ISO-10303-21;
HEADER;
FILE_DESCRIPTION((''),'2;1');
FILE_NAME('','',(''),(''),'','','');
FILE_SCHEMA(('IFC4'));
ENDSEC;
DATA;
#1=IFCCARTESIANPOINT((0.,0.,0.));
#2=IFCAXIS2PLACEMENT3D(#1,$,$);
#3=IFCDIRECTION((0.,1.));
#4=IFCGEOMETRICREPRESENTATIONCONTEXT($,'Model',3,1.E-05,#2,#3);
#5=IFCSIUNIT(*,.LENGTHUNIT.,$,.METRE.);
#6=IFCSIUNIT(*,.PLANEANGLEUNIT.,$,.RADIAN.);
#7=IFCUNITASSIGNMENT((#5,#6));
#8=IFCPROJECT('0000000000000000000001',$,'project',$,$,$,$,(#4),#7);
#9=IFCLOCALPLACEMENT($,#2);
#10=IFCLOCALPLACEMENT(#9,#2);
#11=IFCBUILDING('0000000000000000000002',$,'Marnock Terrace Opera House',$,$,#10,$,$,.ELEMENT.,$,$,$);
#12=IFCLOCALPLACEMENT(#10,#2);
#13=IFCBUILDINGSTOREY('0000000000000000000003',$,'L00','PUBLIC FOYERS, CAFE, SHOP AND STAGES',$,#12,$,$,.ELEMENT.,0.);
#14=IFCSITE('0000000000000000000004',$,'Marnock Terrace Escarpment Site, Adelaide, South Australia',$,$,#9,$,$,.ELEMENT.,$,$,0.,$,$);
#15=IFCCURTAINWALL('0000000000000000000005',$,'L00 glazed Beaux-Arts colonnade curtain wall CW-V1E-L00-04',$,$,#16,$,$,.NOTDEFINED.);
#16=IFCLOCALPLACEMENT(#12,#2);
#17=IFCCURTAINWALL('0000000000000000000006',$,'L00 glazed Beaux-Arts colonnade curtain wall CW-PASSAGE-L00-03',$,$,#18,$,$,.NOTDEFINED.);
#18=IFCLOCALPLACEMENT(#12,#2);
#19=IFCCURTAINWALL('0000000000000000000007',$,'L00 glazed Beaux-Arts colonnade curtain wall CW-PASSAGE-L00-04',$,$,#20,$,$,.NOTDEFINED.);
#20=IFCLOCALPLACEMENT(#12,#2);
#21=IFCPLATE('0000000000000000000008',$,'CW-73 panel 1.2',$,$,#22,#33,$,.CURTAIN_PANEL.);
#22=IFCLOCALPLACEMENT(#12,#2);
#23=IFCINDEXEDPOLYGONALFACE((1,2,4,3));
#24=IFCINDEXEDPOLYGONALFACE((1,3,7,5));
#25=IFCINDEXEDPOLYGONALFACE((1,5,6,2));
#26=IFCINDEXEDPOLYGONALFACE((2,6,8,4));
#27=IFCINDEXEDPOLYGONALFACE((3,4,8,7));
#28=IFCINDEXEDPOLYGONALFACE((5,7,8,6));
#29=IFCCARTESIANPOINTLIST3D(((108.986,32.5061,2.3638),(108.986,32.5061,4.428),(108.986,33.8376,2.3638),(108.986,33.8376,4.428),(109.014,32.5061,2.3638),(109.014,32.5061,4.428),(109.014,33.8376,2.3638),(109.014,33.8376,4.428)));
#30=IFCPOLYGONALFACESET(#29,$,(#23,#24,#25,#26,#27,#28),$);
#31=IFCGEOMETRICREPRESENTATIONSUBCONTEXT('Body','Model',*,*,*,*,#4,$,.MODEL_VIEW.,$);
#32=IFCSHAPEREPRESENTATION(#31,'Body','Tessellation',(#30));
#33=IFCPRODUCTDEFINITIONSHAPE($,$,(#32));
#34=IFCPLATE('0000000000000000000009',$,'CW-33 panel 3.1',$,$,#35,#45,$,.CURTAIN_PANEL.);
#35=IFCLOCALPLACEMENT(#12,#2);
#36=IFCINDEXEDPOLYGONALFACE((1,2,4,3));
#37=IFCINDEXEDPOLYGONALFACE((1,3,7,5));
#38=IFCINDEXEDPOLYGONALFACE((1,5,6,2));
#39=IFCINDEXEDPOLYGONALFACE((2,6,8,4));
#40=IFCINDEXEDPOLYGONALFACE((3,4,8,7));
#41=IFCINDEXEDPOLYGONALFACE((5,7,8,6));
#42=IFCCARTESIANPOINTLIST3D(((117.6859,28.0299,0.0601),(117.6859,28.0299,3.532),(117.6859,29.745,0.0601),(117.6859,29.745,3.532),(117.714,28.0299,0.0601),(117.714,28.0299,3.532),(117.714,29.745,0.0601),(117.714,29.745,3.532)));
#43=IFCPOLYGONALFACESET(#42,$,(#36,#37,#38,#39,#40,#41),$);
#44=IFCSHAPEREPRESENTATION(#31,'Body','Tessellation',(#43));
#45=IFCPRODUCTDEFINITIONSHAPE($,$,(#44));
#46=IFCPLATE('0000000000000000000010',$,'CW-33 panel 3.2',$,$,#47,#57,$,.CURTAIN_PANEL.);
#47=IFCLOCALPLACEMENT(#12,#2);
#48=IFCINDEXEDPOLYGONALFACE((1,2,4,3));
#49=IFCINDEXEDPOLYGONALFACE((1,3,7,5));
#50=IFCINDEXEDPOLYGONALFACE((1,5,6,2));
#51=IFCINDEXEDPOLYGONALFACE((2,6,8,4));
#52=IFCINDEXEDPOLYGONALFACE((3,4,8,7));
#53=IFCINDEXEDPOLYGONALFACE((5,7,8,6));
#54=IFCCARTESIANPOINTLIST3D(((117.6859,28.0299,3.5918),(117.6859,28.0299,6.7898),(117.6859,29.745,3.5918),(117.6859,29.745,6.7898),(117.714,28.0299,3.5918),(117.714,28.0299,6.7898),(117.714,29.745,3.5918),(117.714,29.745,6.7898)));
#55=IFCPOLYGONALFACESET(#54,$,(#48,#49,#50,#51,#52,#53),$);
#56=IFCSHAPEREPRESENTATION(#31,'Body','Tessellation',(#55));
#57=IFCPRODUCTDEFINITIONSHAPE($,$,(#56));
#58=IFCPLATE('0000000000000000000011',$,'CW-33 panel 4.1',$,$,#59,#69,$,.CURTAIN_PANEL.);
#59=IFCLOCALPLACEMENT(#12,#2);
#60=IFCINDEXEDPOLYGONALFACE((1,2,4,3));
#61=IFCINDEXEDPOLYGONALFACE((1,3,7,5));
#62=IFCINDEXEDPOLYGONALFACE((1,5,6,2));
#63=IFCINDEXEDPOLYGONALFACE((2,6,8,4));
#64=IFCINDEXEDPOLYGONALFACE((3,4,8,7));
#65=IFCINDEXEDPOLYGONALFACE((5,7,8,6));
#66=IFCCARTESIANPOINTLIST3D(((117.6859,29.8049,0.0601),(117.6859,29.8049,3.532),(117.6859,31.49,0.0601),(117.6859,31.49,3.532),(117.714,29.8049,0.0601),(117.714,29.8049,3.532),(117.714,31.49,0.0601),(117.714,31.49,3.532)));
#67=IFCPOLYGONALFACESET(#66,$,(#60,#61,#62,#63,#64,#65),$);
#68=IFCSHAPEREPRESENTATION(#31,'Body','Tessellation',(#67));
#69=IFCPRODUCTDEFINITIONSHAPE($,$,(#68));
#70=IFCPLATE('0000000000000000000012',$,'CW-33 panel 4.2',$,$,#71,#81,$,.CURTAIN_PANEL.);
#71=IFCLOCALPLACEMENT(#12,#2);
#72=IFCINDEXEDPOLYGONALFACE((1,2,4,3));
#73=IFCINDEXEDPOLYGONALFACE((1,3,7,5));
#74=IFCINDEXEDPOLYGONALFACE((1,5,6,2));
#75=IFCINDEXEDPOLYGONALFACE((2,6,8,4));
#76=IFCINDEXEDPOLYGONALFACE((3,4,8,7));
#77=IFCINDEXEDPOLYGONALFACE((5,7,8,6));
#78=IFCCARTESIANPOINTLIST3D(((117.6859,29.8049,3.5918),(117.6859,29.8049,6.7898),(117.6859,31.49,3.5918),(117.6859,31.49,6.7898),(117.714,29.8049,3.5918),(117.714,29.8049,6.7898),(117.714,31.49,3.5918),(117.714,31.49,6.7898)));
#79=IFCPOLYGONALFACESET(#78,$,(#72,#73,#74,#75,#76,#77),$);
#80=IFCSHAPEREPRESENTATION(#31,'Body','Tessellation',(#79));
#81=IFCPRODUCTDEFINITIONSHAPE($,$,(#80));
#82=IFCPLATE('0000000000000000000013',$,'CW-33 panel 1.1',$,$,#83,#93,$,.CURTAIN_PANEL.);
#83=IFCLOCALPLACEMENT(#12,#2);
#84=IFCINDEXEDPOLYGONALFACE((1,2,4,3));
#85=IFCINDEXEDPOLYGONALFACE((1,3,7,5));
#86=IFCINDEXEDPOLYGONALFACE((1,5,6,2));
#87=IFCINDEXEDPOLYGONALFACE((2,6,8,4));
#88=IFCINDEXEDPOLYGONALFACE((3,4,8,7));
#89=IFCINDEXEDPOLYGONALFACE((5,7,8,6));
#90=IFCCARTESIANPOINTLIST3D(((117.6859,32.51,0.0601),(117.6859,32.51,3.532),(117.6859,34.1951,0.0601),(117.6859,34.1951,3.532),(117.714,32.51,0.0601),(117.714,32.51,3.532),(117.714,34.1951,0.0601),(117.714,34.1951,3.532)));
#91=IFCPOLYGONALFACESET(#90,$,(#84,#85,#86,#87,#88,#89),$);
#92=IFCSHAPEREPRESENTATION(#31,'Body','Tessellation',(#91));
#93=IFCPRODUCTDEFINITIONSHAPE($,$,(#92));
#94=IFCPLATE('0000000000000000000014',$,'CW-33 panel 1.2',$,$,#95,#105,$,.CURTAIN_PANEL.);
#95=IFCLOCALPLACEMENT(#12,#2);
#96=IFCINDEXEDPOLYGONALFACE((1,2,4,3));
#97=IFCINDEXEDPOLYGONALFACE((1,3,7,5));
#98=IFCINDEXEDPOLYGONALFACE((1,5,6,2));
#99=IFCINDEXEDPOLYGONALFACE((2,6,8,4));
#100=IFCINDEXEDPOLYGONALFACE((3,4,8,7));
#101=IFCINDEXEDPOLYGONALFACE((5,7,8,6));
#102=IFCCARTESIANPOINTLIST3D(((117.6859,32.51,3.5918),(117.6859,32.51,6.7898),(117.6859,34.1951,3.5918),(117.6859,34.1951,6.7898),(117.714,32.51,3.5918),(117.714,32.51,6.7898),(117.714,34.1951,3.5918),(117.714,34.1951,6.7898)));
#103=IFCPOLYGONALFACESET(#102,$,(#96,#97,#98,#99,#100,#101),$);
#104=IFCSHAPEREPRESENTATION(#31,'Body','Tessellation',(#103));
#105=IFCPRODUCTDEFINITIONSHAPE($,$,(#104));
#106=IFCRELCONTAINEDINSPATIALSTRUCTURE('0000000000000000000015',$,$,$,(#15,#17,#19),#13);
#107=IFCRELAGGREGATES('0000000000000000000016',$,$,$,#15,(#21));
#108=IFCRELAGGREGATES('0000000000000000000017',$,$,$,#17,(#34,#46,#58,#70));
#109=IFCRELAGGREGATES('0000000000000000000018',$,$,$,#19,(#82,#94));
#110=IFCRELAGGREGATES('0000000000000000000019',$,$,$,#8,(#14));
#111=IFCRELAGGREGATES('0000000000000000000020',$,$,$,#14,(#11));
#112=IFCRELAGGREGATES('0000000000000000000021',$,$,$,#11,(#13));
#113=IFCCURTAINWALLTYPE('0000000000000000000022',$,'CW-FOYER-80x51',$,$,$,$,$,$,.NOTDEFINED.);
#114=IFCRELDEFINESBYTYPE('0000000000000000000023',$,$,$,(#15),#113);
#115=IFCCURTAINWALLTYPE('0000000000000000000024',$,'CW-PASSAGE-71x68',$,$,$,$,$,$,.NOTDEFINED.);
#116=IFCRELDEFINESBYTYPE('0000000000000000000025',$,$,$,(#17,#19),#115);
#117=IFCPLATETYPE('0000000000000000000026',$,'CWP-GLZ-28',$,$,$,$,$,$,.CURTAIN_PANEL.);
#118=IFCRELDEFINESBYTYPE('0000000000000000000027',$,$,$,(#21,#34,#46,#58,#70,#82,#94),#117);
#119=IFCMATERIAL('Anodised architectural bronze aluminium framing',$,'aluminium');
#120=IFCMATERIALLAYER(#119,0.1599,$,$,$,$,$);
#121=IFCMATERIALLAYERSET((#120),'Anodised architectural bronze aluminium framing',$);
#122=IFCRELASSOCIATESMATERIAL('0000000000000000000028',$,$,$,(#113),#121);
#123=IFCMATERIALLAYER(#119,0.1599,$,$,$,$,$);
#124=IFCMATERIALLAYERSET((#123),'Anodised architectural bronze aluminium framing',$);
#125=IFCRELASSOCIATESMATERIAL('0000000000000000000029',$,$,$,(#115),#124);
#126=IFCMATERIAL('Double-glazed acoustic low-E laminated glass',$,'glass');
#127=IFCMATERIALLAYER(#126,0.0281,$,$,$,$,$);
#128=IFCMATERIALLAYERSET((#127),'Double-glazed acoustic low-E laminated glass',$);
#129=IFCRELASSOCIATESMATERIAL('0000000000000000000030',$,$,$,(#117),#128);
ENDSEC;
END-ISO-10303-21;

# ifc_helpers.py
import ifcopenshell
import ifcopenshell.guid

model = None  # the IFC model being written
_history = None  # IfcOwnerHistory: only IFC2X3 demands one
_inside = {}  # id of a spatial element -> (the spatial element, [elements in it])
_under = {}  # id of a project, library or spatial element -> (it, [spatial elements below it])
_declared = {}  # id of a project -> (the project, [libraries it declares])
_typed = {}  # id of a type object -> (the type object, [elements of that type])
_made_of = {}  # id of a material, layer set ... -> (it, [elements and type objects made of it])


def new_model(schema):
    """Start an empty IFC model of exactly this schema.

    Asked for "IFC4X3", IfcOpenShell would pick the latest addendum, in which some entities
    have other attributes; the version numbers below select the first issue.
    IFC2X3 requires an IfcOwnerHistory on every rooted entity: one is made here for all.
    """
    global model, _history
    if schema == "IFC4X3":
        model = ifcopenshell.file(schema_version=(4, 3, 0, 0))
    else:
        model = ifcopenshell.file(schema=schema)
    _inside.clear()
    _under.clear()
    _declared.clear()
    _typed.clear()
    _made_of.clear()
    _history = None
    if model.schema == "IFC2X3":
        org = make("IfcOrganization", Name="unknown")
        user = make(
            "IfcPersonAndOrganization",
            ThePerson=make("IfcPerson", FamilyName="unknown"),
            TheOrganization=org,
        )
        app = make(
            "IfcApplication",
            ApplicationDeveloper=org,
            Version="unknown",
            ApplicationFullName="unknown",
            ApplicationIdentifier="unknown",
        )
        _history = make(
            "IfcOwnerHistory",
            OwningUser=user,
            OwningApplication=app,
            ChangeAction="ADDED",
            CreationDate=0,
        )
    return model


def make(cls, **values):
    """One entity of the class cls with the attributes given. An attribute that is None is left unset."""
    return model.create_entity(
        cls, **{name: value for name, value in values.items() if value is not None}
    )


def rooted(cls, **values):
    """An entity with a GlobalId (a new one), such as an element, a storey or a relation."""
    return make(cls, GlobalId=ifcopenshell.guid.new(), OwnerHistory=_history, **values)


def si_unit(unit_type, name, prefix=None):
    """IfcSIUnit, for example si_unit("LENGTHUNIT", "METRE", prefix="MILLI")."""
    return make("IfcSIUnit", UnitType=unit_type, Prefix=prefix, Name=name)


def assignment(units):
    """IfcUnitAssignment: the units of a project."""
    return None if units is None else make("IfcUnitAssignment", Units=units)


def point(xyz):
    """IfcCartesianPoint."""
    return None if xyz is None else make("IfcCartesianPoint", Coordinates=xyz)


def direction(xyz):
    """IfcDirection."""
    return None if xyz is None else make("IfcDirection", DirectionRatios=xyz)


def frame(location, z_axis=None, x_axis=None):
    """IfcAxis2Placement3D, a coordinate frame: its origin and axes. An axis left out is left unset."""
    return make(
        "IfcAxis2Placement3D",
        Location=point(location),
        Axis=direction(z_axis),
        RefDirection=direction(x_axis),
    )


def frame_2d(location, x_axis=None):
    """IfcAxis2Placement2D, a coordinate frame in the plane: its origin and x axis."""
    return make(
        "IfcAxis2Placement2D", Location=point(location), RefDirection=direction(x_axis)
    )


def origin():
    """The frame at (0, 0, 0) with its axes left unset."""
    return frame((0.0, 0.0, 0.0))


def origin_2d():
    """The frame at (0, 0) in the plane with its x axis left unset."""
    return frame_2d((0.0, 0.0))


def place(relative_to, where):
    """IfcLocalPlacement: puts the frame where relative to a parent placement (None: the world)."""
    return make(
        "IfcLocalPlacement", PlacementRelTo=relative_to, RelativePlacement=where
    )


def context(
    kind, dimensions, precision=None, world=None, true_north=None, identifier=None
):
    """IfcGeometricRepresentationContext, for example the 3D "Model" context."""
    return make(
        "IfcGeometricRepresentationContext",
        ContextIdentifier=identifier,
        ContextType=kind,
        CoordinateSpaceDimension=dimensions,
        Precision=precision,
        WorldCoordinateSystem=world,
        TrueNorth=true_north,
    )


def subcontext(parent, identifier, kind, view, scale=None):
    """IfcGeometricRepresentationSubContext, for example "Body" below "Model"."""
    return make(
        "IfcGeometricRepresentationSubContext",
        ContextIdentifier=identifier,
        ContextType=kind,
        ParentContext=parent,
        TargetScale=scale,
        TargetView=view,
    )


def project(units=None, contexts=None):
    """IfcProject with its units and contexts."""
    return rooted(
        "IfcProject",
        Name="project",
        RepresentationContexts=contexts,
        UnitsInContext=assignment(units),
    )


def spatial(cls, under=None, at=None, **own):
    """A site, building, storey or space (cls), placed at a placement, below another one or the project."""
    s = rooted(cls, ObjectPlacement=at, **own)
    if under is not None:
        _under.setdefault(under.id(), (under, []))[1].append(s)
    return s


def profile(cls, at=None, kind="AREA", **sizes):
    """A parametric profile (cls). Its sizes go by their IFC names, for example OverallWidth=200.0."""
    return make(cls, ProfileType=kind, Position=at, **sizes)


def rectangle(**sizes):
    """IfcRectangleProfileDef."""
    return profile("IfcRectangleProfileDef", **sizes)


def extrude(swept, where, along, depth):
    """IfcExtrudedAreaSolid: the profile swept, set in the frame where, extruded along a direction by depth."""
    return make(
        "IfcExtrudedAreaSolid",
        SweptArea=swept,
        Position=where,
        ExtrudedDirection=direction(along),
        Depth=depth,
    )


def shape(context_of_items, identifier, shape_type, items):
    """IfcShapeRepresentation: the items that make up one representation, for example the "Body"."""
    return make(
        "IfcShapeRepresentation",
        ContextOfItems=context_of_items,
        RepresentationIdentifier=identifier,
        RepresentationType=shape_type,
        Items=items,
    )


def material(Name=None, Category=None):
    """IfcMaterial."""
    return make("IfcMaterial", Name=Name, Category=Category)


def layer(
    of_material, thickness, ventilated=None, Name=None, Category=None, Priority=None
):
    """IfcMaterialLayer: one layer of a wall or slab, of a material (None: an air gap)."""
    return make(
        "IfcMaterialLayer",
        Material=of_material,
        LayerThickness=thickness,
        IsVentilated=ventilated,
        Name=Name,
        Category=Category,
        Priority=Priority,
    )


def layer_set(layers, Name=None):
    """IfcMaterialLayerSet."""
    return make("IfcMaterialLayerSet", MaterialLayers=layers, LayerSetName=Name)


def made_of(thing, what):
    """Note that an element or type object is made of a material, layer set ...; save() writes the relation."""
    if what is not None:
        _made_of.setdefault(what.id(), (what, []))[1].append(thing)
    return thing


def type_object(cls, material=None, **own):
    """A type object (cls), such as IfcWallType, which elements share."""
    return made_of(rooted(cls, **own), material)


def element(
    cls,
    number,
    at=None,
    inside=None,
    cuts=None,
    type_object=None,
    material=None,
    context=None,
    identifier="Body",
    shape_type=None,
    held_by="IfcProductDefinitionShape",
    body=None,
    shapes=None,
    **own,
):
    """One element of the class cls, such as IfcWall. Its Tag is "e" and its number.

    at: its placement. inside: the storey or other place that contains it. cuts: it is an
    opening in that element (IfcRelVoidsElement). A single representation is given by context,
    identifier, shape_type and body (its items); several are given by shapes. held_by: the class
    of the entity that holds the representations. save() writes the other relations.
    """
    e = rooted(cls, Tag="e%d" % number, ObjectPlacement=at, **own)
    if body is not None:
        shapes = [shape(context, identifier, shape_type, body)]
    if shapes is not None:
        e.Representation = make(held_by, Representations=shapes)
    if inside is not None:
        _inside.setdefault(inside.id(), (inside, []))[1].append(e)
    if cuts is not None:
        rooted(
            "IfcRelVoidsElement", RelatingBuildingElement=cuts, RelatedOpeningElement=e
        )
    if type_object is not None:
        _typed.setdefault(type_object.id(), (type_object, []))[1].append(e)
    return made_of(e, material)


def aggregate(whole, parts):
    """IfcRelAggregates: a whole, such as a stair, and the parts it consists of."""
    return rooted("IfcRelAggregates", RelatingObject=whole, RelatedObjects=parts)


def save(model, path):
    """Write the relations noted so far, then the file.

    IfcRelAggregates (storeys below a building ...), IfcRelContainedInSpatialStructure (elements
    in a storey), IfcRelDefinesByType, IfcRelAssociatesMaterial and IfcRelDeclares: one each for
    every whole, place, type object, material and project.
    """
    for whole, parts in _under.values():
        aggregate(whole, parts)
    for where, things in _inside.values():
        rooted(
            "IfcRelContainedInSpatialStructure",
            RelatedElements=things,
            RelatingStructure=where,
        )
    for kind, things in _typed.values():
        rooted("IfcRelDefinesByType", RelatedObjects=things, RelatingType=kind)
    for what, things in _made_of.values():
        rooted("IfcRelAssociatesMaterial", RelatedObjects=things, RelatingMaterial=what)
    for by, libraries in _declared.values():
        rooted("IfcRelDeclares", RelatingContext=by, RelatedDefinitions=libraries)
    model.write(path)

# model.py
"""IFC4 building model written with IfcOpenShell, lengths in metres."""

from ifc_helpers import new_model, si_unit, direction, frame, origin, origin_2d, place, context, subcontext, project, spatial, rectangle, extrude, material, layer, layer_set, type_object, element, aggregate, save


model = new_model("IFC4")

# Units and contexts
model_context = context("Model", 3, precision=1e-05, world=origin(), true_north=direction((0.0, 1.0)))
body_context = subcontext(model_context, "Body", "Model", "MODEL_VIEW")
ifc_project = project(units=[si_unit("LENGTHUNIT", "METRE"), si_unit("PLANEANGLEUNIT", "RADIAN")], contexts=[model_context])

# Site, building, storey
site_placement = place(None, origin())
site = spatial("IfcSite", under=ifc_project, at=site_placement, Name="Marnock Terrace Escarpment Site, Adelaide, South Australia", CompositionType="ELEMENT", RefElevation=0.0)
building_placement = place(site_placement, origin())
building = spatial("IfcBuilding", under=site, at=building_placement, Name="Marnock Terrace Opera House", CompositionType="ELEMENT")
storey_placement = place(building_placement, origin())
storey = spatial("IfcBuildingStorey", under=building, at=storey_placement, Name="L00", Description="PUBLIC FOYERS, CAFE, SHOP AND STAGES", CompositionType="ELEMENT", Elevation=0.0)

# Curtain wall
ifc_material_1 = material(Name="Anodised architectural bronze aluminium framing", Category="aluminium")
ifc_layer_1 = layer(ifc_material_1, 0.1599)
ifc_layer_set_1 = layer_set([ifc_layer_1], Name="Anodised architectural bronze aluminium framing")
curtain_wall_type_1 = type_object("IfcCurtainWallType", Name="CW-FOYER-80x51", PredefinedType="NOTDEFINED", material=ifc_layer_set_1)
curtain_wall_1_placement = place(storey_placement, origin())
curtain_wall_1 = element("IfcCurtainWall", 1, at=curtain_wall_1_placement, inside=storey, type_object=curtain_wall_type_1, Name="L00 glazed Beaux-Arts colonnade curtain wall CW-V1E-L00-04", PredefinedType="NOTDEFINED")

# Curtain wall
ifc_layer_2 = layer(ifc_material_1, 0.1599)
ifc_layer_set_2 = layer_set([ifc_layer_2], Name="Anodised architectural bronze aluminium framing")
curtain_wall_type_2 = type_object("IfcCurtainWallType", Name="CW-PASSAGE-71x68", PredefinedType="NOTDEFINED", material=ifc_layer_set_2)
curtain_wall_2_placement = place(storey_placement, origin())
curtain_wall_2 = element("IfcCurtainWall", 2, at=curtain_wall_2_placement, inside=storey, type_object=curtain_wall_type_2, Name="L00 glazed Beaux-Arts colonnade curtain wall CW-PASSAGE-L00-03", PredefinedType="NOTDEFINED")

# Curtain wall
curtain_wall_3_placement = place(storey_placement, origin())
curtain_wall_3 = element("IfcCurtainWall", 3, at=curtain_wall_3_placement, inside=storey, type_object=curtain_wall_type_2, Name="L00 glazed Beaux-Arts colonnade curtain wall CW-PASSAGE-L00-04", PredefinedType="NOTDEFINED")

# Plates
ifc_material_2 = material(Name="Double-glazed acoustic low-E laminated glass", Category="glass")
ifc_layer_3 = layer(ifc_material_2, 0.0281)
ifc_layer_set_3 = layer_set([ifc_layer_3], Name="Double-glazed acoustic low-E laminated glass")
plate_type = type_object("IfcPlateType", Name="CWP-GLZ-28", PredefinedType="CURTAIN_PANEL", material=ifc_layer_set_3)
plate_1_placement = place(storey_placement, frame((109.0, 33.1719, 2.3638), z_axis=(0.0, 0.0, 1.0), x_axis=(0.0, 1.0, 0.0)))
plate_1 = element("IfcPlate", 4, at=plate_1_placement, type_object=plate_type, Name="CW-73 panel 1.2", PredefinedType="CURTAIN_PANEL", context=body_context, shape_type="SweptSolid", body=[
    extrude(rectangle(XDim=1.3315, YDim=0.0281, at=origin_2d()), origin(), (0.0, 0.0, 1.0), 2.0642),
])
aggregate(curtain_wall_1, [plate_1])
plate_2_placement = place(storey_placement, frame((117.7, 28.8875, 0.0601), z_axis=(0.0, 0.0, 1.0), x_axis=(0.0, 1.0, 0.0)))
plate_2 = element("IfcPlate", 5, at=plate_2_placement, type_object=plate_type, Name="CW-33 panel 3.1", PredefinedType="CURTAIN_PANEL", context=body_context, shape_type="SweptSolid", body=[
    extrude(rectangle(XDim=1.7151, YDim=0.0281, at=origin_2d()), origin(), (0.0, 0.0, 1.0), 3.4719),
])
plate_3_placement = place(storey_placement, frame((117.7, 28.8875, 3.5918), z_axis=(0.0, 0.0, 1.0), x_axis=(0.0, 1.0, 0.0)))
plate_3 = element("IfcPlate", 6, at=plate_3_placement, type_object=plate_type, Name="CW-33 panel 3.2", PredefinedType="CURTAIN_PANEL", context=body_context, shape_type="SweptSolid", body=[
    extrude(rectangle(XDim=1.7151, YDim=0.0281, at=origin_2d()), origin(), (0.0, 0.0, 1.0), 3.198),
])
plate_4_placement = place(storey_placement, frame((117.7, 30.6475, 0.0601), z_axis=(0.0, 0.0, 1.0), x_axis=(0.0, 1.0, 0.0)))
plate_4 = element("IfcPlate", 7, at=plate_4_placement, type_object=plate_type, Name="CW-33 panel 4.1", PredefinedType="CURTAIN_PANEL", context=body_context, shape_type="SweptSolid", body=[
    extrude(rectangle(XDim=1.6851, YDim=0.0281, at=origin_2d()), origin(), (0.0, 0.0, 1.0), 3.4719),
])
plate_5_placement = place(storey_placement, frame((117.7, 30.6475, 3.5918), z_axis=(0.0, 0.0, 1.0), x_axis=(0.0, 1.0, 0.0)))
plate_5 = element("IfcPlate", 8, at=plate_5_placement, type_object=plate_type, Name="CW-33 panel 4.2", PredefinedType="CURTAIN_PANEL", context=body_context, shape_type="SweptSolid", body=[
    extrude(rectangle(XDim=1.6851, YDim=0.0281, at=origin_2d()), origin(), (0.0, 0.0, 1.0), 3.198),
])
aggregate(curtain_wall_2, [plate_2, plate_3, plate_4, plate_5])
plate_6_placement = place(storey_placement, frame((117.7, 33.3525, 0.0601), z_axis=(0.0, 0.0, 1.0), x_axis=(0.0, 1.0, 0.0)))
plate_6 = element("IfcPlate", 9, at=plate_6_placement, type_object=plate_type, Name="CW-33 panel 1.1", PredefinedType="CURTAIN_PANEL", context=body_context, shape_type="SweptSolid", body=[
    extrude(rectangle(XDim=1.6851, YDim=0.0281, at=origin_2d()), origin(), (0.0, 0.0, 1.0), 3.4719),
])
plate_7_placement = place(storey_placement, frame((117.7, 33.3525, 3.5918), z_axis=(0.0, 0.0, 1.0), x_axis=(0.0, 1.0, 0.0)))
plate_7 = element("IfcPlate", 10, at=plate_7_placement, type_object=plate_type, Name="CW-33 panel 1.2", PredefinedType="CURTAIN_PANEL", context=body_context, shape_type="SweptSolid", body=[
    extrude(rectangle(XDim=1.6851, YDim=0.0281, at=origin_2d()), origin(), (0.0, 0.0, 1.0), 3.198),
])
aggregate(curtain_wall_3, [plate_6, plate_7])

save(model, "model.ifc")
